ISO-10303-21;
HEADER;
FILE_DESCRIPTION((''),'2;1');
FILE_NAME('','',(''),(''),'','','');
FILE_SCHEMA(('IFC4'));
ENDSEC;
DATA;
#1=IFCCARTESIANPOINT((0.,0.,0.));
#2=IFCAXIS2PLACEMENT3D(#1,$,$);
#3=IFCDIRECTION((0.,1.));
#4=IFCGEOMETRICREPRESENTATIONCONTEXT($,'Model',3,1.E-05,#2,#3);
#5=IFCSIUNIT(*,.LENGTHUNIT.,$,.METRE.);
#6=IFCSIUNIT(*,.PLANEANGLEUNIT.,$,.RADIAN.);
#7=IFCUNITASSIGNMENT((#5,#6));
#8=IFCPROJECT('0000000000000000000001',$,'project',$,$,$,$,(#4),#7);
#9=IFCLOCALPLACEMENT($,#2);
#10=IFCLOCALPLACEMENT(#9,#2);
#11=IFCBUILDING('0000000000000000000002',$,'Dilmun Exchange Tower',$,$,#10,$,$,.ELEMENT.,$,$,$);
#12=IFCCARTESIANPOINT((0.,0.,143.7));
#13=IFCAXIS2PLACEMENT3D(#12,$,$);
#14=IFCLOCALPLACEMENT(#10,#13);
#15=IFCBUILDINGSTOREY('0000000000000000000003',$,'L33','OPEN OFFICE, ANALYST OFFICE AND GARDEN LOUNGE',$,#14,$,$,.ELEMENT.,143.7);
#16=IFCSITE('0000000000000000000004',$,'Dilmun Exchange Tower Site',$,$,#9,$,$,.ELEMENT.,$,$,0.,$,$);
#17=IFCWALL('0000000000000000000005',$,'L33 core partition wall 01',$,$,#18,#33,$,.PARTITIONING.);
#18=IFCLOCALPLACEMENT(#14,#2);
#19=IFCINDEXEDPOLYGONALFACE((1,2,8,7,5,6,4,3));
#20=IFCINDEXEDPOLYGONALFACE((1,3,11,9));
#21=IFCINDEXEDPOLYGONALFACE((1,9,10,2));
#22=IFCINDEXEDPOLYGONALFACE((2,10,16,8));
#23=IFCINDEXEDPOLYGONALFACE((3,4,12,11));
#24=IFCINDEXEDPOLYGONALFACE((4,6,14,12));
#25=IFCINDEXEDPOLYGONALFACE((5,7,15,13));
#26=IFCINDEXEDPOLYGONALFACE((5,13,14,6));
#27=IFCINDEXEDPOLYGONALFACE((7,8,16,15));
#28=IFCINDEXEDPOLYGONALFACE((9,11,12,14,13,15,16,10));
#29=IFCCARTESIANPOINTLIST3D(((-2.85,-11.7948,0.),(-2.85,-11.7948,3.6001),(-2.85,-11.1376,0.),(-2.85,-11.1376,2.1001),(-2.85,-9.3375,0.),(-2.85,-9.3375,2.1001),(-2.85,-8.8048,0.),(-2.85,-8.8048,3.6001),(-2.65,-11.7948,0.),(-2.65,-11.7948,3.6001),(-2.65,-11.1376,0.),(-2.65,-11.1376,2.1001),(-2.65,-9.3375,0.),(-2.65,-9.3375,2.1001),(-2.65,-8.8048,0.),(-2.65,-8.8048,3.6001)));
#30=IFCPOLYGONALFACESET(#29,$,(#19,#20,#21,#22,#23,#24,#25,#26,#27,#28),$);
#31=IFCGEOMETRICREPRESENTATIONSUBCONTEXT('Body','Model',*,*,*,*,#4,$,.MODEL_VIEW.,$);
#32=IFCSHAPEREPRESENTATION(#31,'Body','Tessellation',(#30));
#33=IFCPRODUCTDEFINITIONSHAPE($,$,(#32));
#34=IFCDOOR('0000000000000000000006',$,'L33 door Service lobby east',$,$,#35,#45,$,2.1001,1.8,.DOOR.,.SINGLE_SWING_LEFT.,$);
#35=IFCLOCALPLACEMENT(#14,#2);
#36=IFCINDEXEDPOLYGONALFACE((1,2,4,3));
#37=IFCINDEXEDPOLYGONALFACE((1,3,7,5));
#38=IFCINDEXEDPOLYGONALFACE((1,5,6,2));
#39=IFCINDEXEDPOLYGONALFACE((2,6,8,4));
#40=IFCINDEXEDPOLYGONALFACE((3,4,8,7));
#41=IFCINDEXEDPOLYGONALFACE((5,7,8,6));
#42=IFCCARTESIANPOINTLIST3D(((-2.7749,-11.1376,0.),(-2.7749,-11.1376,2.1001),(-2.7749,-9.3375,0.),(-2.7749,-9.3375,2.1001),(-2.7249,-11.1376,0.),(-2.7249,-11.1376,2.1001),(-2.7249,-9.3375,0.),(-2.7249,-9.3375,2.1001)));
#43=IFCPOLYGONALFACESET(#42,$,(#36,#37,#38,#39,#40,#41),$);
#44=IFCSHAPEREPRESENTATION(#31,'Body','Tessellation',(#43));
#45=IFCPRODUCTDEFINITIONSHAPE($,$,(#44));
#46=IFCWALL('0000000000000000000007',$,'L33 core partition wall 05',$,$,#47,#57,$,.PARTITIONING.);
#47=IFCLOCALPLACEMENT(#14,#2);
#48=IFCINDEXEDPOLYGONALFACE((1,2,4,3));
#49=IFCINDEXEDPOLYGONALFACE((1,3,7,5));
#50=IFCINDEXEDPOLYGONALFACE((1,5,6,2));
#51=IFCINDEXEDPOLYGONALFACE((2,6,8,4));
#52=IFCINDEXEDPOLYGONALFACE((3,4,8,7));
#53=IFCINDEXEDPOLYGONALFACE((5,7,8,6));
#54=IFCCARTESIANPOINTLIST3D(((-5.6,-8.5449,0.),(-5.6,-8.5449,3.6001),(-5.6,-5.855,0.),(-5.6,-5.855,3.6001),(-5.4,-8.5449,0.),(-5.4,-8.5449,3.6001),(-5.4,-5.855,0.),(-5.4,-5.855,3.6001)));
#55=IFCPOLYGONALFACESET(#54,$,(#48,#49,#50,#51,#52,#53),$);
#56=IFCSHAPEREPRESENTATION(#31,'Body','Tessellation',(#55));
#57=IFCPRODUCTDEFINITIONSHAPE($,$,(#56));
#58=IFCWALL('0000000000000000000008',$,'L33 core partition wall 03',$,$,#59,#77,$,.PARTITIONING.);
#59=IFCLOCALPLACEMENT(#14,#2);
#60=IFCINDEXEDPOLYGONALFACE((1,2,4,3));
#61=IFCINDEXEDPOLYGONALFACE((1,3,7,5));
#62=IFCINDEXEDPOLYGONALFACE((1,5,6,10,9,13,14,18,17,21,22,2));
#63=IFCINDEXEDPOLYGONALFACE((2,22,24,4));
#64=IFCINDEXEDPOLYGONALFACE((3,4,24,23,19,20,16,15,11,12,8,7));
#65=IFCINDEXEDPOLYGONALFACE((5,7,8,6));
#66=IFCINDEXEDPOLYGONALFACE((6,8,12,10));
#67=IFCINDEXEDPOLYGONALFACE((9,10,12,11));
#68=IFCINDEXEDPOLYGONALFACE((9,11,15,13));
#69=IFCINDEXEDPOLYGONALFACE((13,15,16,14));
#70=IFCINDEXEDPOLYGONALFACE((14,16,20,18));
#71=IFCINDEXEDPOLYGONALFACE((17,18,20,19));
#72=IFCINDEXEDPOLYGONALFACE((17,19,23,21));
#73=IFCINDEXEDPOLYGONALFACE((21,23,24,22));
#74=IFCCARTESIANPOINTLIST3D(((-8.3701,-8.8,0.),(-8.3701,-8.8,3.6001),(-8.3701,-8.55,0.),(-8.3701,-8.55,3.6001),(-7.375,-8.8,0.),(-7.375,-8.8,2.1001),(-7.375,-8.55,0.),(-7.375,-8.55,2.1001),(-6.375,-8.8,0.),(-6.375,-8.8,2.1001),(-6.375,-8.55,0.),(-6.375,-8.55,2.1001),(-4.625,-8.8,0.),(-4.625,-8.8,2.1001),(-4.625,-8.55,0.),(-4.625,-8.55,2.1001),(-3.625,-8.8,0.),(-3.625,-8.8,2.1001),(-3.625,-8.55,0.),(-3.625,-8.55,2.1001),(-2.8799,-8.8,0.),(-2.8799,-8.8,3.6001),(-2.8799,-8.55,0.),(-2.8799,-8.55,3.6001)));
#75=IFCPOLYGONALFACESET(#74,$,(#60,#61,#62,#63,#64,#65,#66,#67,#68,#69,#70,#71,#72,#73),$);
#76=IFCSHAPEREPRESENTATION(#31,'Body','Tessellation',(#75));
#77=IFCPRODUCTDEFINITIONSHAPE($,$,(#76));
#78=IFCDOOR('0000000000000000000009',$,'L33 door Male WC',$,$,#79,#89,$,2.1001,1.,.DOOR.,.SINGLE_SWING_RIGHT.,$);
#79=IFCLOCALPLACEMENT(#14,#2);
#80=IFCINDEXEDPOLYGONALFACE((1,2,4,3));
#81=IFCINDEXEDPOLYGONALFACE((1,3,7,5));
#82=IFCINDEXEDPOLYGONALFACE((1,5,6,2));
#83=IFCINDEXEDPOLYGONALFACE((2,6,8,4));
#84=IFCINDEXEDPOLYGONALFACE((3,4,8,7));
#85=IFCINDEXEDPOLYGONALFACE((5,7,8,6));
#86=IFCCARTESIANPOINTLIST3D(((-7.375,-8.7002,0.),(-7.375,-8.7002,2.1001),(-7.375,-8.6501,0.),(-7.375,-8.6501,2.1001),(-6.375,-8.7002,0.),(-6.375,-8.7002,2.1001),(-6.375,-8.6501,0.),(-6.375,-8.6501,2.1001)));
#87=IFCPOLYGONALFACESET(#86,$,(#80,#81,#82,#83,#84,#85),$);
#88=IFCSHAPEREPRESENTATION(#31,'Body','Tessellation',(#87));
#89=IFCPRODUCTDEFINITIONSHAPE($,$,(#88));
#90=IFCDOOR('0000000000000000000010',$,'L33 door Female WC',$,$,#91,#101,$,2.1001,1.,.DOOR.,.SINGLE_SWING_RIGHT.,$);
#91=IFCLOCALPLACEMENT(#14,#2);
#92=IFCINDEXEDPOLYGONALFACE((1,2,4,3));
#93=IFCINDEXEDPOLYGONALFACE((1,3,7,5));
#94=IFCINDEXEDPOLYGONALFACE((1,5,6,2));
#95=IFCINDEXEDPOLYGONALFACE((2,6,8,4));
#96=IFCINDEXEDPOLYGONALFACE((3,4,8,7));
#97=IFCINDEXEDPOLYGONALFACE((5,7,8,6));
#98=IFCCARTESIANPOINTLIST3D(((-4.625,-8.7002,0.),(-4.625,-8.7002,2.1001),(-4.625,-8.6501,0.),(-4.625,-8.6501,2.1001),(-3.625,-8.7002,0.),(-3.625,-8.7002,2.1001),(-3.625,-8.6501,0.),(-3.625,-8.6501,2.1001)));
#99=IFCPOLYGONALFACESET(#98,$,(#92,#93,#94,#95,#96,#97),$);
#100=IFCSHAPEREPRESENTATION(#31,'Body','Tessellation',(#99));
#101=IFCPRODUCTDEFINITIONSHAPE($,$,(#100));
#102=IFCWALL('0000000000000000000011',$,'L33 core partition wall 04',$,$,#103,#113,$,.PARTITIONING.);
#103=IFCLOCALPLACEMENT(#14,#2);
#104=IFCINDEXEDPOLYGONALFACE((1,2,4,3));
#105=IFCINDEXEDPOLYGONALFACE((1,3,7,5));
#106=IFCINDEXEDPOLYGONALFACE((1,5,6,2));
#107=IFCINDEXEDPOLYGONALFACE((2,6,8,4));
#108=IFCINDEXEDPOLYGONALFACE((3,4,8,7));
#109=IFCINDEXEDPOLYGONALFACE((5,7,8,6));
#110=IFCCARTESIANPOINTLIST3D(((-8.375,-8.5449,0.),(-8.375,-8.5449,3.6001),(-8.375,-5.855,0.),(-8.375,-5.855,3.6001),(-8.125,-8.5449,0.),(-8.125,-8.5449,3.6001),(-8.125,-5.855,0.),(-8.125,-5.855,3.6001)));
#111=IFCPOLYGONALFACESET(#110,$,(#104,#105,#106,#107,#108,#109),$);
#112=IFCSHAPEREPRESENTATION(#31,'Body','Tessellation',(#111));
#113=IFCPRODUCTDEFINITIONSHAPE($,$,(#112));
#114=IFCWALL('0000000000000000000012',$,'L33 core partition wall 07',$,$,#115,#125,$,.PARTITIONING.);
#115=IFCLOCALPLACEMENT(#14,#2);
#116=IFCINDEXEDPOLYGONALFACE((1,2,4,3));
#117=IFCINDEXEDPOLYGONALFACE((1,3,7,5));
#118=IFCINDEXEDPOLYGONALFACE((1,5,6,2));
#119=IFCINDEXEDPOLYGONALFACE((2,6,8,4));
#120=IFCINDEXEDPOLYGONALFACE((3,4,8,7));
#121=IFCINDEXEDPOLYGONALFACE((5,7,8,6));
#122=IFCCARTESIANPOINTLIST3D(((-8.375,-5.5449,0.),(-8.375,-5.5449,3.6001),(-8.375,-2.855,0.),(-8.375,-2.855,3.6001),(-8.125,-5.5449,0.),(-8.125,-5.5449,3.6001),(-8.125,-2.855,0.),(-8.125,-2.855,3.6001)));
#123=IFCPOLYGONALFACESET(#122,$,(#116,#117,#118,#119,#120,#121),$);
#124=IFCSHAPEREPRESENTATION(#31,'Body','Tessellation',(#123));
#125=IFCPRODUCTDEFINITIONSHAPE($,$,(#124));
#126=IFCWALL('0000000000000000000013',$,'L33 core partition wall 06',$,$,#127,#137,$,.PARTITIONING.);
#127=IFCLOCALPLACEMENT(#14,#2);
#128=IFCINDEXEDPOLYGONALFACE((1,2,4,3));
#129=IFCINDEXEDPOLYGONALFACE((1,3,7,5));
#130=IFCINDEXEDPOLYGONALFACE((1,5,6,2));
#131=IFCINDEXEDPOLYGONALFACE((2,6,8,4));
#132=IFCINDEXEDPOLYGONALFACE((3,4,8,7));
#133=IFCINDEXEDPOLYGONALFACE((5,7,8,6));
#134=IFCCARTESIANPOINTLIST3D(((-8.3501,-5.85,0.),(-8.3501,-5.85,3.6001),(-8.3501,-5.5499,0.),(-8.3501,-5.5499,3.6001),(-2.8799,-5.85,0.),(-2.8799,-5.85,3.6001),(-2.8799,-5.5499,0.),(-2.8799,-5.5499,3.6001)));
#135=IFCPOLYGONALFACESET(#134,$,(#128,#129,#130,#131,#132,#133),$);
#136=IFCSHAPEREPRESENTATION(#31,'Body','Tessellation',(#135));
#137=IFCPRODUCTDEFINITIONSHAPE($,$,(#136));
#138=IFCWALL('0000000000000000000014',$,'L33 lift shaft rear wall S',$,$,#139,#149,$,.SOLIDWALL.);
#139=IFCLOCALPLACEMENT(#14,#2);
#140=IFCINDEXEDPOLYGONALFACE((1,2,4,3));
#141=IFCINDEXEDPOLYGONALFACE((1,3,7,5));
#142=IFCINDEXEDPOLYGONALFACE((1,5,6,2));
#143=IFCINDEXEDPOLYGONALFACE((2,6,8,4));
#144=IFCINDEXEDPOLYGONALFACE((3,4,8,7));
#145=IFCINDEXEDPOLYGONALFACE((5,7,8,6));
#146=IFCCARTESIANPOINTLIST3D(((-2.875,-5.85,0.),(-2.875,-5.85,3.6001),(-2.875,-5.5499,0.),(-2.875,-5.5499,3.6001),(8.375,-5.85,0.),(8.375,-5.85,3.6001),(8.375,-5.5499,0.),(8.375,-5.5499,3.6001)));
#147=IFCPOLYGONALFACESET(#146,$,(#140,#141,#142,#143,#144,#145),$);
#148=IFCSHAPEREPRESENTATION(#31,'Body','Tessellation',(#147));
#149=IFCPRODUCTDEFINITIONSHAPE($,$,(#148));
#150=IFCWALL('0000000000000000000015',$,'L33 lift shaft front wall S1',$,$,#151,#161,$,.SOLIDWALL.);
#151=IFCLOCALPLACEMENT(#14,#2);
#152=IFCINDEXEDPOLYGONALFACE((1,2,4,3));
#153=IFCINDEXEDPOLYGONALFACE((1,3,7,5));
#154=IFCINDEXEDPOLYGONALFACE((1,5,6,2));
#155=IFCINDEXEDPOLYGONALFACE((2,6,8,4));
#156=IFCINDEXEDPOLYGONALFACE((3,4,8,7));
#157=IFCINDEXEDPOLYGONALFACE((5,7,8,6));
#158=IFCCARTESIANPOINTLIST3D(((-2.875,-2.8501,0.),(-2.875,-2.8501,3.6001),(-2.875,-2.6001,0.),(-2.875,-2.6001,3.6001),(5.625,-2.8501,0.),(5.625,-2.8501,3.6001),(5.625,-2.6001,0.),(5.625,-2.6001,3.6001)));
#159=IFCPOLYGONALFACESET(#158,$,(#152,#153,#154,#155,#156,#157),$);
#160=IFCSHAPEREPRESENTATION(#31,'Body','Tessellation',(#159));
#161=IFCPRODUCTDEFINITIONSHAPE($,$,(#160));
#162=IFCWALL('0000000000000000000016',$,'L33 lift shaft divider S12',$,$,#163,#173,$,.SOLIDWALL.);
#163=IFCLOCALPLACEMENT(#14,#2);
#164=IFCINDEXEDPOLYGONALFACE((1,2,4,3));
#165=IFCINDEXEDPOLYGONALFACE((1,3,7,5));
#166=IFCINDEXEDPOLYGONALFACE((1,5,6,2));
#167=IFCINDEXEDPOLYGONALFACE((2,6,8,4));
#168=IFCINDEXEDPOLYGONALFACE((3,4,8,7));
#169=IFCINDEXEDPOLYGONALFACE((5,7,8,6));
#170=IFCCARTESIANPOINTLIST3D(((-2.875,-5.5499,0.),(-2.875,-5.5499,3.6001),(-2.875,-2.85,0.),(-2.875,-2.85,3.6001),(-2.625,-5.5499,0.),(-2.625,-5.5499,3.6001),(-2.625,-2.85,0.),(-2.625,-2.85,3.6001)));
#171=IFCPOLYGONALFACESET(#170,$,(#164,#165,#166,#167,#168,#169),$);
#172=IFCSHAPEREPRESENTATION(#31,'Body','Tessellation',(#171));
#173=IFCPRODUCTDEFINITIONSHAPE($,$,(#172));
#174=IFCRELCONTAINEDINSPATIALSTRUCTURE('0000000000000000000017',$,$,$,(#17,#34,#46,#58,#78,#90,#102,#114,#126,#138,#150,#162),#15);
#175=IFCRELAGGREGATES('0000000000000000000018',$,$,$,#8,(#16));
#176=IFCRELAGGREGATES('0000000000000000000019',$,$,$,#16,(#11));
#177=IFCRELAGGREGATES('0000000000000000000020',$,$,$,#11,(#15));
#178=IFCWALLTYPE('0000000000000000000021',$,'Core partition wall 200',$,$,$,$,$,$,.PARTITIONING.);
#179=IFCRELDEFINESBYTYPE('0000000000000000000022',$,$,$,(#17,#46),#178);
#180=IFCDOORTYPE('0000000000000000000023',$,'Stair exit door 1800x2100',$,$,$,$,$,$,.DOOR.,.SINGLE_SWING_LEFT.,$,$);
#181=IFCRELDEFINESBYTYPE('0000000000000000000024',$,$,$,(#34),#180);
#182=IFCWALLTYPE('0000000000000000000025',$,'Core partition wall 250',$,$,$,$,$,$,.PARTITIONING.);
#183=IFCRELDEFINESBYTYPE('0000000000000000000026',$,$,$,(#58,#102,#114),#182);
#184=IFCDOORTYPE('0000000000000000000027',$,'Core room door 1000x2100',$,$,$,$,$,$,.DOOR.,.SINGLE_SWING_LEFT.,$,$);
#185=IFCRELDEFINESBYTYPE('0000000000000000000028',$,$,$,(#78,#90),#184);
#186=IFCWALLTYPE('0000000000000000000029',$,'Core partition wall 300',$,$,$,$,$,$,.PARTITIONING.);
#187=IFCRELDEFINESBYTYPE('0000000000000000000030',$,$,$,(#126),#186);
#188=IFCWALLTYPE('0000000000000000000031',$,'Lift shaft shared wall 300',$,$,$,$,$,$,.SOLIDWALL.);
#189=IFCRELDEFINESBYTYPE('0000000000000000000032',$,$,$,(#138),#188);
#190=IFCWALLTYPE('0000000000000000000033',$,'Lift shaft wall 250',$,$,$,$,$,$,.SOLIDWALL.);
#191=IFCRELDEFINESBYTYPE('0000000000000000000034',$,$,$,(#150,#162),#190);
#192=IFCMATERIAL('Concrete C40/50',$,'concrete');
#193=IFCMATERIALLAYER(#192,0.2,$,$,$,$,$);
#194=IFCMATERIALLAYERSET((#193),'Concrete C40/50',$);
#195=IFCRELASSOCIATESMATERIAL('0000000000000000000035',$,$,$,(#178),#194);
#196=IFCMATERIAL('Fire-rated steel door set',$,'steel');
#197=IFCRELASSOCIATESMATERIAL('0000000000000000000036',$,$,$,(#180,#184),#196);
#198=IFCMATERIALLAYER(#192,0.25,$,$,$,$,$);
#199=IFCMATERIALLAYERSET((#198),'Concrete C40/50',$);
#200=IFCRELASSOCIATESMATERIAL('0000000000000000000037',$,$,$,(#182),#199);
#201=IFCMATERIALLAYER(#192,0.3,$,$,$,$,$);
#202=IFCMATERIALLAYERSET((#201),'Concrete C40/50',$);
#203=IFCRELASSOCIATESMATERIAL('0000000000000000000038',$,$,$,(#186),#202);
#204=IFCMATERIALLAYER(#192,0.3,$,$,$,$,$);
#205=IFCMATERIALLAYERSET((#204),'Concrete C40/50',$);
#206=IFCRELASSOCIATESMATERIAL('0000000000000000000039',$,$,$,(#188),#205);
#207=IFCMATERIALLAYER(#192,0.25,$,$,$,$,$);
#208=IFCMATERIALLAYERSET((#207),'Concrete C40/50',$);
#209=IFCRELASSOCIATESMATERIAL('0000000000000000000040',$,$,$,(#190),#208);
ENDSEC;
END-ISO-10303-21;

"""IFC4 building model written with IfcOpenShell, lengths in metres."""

from ifc_helpers import new_model, si_unit, direction, frame, frame_2d, origin, place, context, subcontext, project, spatial, rectangle, extrude, material, layer, layer_set, type_object, element, fill, save


model = new_model("IFC4")

# Units and contexts
model_context = context("Model", 3, precision=1e-05, world=origin(), true_north=direction((0.0, 1.0)))
body_context = subcontext(model_context, "Body", "Model", "MODEL_VIEW")
ifc_project = project(units=[si_unit("LENGTHUNIT", "METRE"), si_unit("PLANEANGLEUNIT", "RADIAN")], contexts=[model_context])

# Site, building, storey
site_placement = place(None, origin())
site = spatial("IfcSite", under=ifc_project, at=site_placement, Name="Dilmun Exchange Tower Site", CompositionType="ELEMENT", RefElevation=0.0)
building_placement = place(site_placement, origin())
building = spatial("IfcBuilding", under=site, at=building_placement, Name="Dilmun Exchange Tower", CompositionType="ELEMENT")
storey_placement = place(building_placement, frame((0.0, 0.0, 143.7)))
storey = spatial("IfcBuildingStorey", under=building, at=storey_placement, Name="L33", Description="OPEN OFFICE, ANALYST OFFICE AND GARDEN LOUNGE", CompositionType="ELEMENT", Elevation=143.7)

# Wall, opening, door
ifc_material_1 = material(Name="Concrete C40/50", Category="concrete")
ifc_layer_1 = layer(ifc_material_1, 0.2)
ifc_layer_set_1 = layer_set([ifc_layer_1], Name="Concrete C40/50")
wall_type_1 = type_object("IfcWallType", Name="Core partition wall 200", PredefinedType="PARTITIONING", material=ifc_layer_set_1)
wall_1_placement = place(storey_placement, frame((-2.75, -11.7949, 0.0), z_axis=(0.0, 0.0, 1.0), x_axis=(0.0, 1.0, 0.0)))
wall_1 = element("IfcWall", 1, at=wall_1_placement, inside=storey, type_object=wall_type_1, Name="L33 core partition wall 01", PredefinedType="PARTITIONING", context=body_context, shape_type="SweptSolid", body=[
    extrude(rectangle(XDim=2.99, YDim=0.2, at=frame_2d((1.4951, 0.0))), origin(), (0.0, 0.0, 1.0), 3.6001),
])
opening_1_placement = place(wall_1_placement, frame((0.6575, 0.0, 0.0)))
opening_1 = element("IfcOpeningElement", 2, at=opening_1_placement, cuts=wall_1, PredefinedType="OPENING", context=body_context, shape_type="SweptSolid", body=[
    extrude(rectangle(XDim=1.8, YDim=2.1001, at=frame_2d((0.8999, 1.05))), frame((0.0, 0.1099, 0.0), z_axis=(0.0, -1.0, 0.0), x_axis=(1.0, 0.0, 0.0)), (0.0, 0.0, 1.0), 0.22),
])
ifc_material_2 = material(Name="Fire-rated steel door set", Category="steel")
door_type_1 = type_object("IfcDoorType", Name="Stair exit door 1800x2100", OperationType="SINGLE_SWING_LEFT", PredefinedType="DOOR", material=ifc_material_2)
door_1_placement = place(opening_1_placement, origin())
door_1 = element("IfcDoor", 3, at=door_1_placement, inside=storey, type_object=door_type_1, Name="L33 door Service lobby east", OperationType="SINGLE_SWING_LEFT", OverallHeight=2.1001, OverallWidth=1.8, PredefinedType="DOOR", context=body_context, shape_type="SweptSolid", body=[
    extrude(rectangle(XDim=1.8, YDim=2.1001, at=frame_2d((0.8999, 1.05))), frame((0.0, 0.0249, 0.0), z_axis=(0.0, -1.0, 0.0), x_axis=(1.0, 0.0, 0.0)), (0.0, 0.0, 1.0), 0.05),
])
fill(opening_1, door_1)

# Wall
wall_2_placement = place(storey_placement, frame((-5.5, -8.5449, 0.0), z_axis=(0.0, 0.0, 1.0), x_axis=(0.0, 1.0, 0.0)))
element("IfcWall", 4, at=wall_2_placement, inside=storey, type_object=wall_type_1, Name="L33 core partition wall 05", PredefinedType="PARTITIONING", context=body_context, shape_type="SweptSolid", body=[
    extrude(rectangle(XDim=2.6899, YDim=0.2, at=frame_2d((1.345, 0.0))), origin(), (0.0, 0.0, 1.0), 3.6001),
])

# Wall, openings, doors
ifc_layer_2 = layer(ifc_material_1, 0.25)
ifc_layer_set_2 = layer_set([ifc_layer_2], Name="Concrete C40/50")
wall_type_2 = type_object("IfcWallType", Name="Core partition wall 250", PredefinedType="PARTITIONING", material=ifc_layer_set_2)
wall_3_placement = place(storey_placement, frame((-8.3701, -8.675, 0.0), z_axis=(0.0, 0.0, 1.0), x_axis=(1.0, 0.0, 0.0)))
wall_3 = element("IfcWall", 5, at=wall_3_placement, inside=storey, type_object=wall_type_2, Name="L33 core partition wall 03", PredefinedType="PARTITIONING", context=body_context, shape_type="SweptSolid", body=[
    extrude(rectangle(XDim=5.4902, YDim=0.25, at=frame_2d((2.7451, 0.0))), origin(), (0.0, 0.0, 1.0), 3.6001),
])
opening_2_placement = place(wall_3_placement, frame((0.9951, 0.0, 0.0)))
opening_2 = element("IfcOpeningElement", 6, at=opening_2_placement, cuts=wall_3, PredefinedType="OPENING", context=body_context, shape_type="SweptSolid", body=[
    extrude(rectangle(XDim=1.0, YDim=2.1001, at=frame_2d((0.5, 1.05))), frame((0.0, 0.135, 0.0), z_axis=(0.0, -1.0, 0.0), x_axis=(1.0, 0.0, 0.0)), (0.0, 0.0, 1.0), 0.27),
])
opening_3_placement = place(wall_3_placement, frame((3.7451, 0.0, 0.0)))
opening_3 = element("IfcOpeningElement", 7, at=opening_3_placement, cuts=wall_3, PredefinedType="OPENING", context=body_context, shape_type="SweptSolid", body=[
    extrude(rectangle(XDim=1.0, YDim=2.1001, at=frame_2d((0.5, 1.05))), frame((0.0, 0.135, 0.0), z_axis=(0.0, -1.0, 0.0), x_axis=(1.0, 0.0, 0.0)), (0.0, 0.0, 1.0), 0.27),
])
door_type_2 = type_object("IfcDoorType", Name="Core room door 1000x2100", OperationType="SINGLE_SWING_LEFT", PredefinedType="DOOR", material=ifc_material_2)
door_2_placement = place(opening_2_placement, origin())
door_2 = element("IfcDoor", 8, at=door_2_placement, inside=storey, type_object=door_type_2, Name="L33 door Male WC", OperationType="SINGLE_SWING_RIGHT", OverallHeight=2.1001, OverallWidth=1.0, PredefinedType="DOOR", context=body_context, shape_type="SweptSolid", body=[
    extrude(rectangle(XDim=1.0, YDim=2.1001, at=frame_2d((0.5, 1.05))), frame((0.0, 0.0249, 0.0), z_axis=(0.0, -1.0, 0.0), x_axis=(1.0, 0.0, 0.0)), (0.0, 0.0, 1.0), 0.05),
])
fill(opening_2, door_2)
door_3_placement = place(opening_3_placement, origin())
door_3 = element("IfcDoor", 9, at=door_3_placement, inside=storey, type_object=door_type_2, Name="L33 door Female WC", OperationType="SINGLE_SWING_RIGHT", OverallHeight=2.1001, OverallWidth=1.0, PredefinedType="DOOR", context=body_context, shape_type="SweptSolid", body=[
    extrude(rectangle(XDim=1.0, YDim=2.1001, at=frame_2d((0.5, 1.05))), frame((0.0, 0.0249, 0.0), z_axis=(0.0, -1.0, 0.0), x_axis=(1.0, 0.0, 0.0)), (0.0, 0.0, 1.0), 0.05),
])
fill(opening_3, door_3)

# Walls
for number, where, z_axis, x_axis, name in (
    (10, (-8.25, -8.5449, 0.0), (0.0, 0.0, 1.0), (0.0, 1.0, 0.0), "L33 core partition wall 04"),
    (11, (-8.25, -5.5449, 0.0), (0.0, 0.0, 1.0), (0.0, 1.0, 0.0), "L33 core partition wall 07"),
):
    element("IfcWall", number, at=place(storey_placement, frame(where, z_axis=z_axis, x_axis=x_axis)), inside=storey, type_object=wall_type_2, Name=name, PredefinedType="PARTITIONING", context=body_context, shape_type="SweptSolid", body=[
        extrude(rectangle(XDim=2.6899, YDim=0.25, at=frame_2d((1.345, 0.0))), origin(), (0.0, 0.0, 1.0), 3.6001),
    ])
ifc_layer_3 = layer(ifc_material_1, 0.3)
ifc_layer_set_3 = layer_set([ifc_layer_3], Name="Concrete C40/50")
wall_type_3 = type_object("IfcWallType", Name="Core partition wall 300", PredefinedType="PARTITIONING", material=ifc_layer_set_3)
wall_4_placement = place(storey_placement, frame((-8.3501, -5.7, 0.0), z_axis=(0.0, 0.0, 1.0), x_axis=(1.0, 0.0, 0.0)))
element("IfcWall", 12, at=wall_4_placement, inside=storey, type_object=wall_type_3, Name="L33 core partition wall 06", PredefinedType="PARTITIONING", context=body_context, shape_type="SweptSolid", body=[
    extrude(rectangle(XDim=5.4702, YDim=0.3, at=frame_2d((2.7351, 0.0))), origin(), (0.0, 0.0, 1.0), 3.6001),
])
ifc_layer_4 = layer(ifc_material_1, 0.3)
ifc_layer_set_4 = layer_set([ifc_layer_4], Name="Concrete C40/50")
wall_type_4 = type_object("IfcWallType", Name="Lift shaft shared wall 300", PredefinedType="SOLIDWALL", material=ifc_layer_set_4)
wall_5_placement = place(storey_placement, frame((-2.875, -5.7, 0.0), z_axis=(0.0, 0.0, 1.0), x_axis=(1.0, 0.0, 0.0)))
element("IfcWall", 13, at=wall_5_placement, inside=storey, type_object=wall_type_4, Name="L33 lift shaft rear wall S", PredefinedType="SOLIDWALL", context=body_context, shape_type="SweptSolid", body=[
    extrude(rectangle(XDim=11.25, YDim=0.3, at=frame_2d((5.625, 0.0))), origin(), (0.0, 0.0, 1.0), 3.6001),
])
ifc_layer_5 = layer(ifc_material_1, 0.25)
ifc_layer_set_5 = layer_set([ifc_layer_5], Name="Concrete C40/50")
wall_type_5 = type_object("IfcWallType", Name="Lift shaft wall 250", PredefinedType="SOLIDWALL", material=ifc_layer_set_5)
wall_6_placement = place(storey_placement, frame((-2.875, -2.7251, 0.0), z_axis=(0.0, 0.0, 1.0), x_axis=(1.0, 0.0, 0.0)))
element("IfcWall", 14, at=wall_6_placement, inside=storey, type_object=wall_type_5, Name="L33 lift shaft front wall S1", PredefinedType="SOLIDWALL", context=body_context, shape_type="SweptSolid", body=[
    extrude(rectangle(XDim=8.5, YDim=0.25, at=frame_2d((4.25, 0.0))), origin(), (0.0, 0.0, 1.0), 3.6001),
])
for number, where, z_axis, x_axis, name in (
    (15, (-2.75, -5.55, 0.0), (0.0, 0.0, 1.0), (0.0, 1.0, 0.0), "L33 lift shaft divider S12"),
):
    element("IfcWall", number, at=place(storey_placement, frame(where, z_axis=z_axis, x_axis=x_axis)), inside=storey, type_object=wall_type_5, Name=name, PredefinedType="SOLIDWALL", context=body_context, shape_type="SweptSolid", body=[
        extrude(rectangle(XDim=2.7, YDim=0.25, at=frame_2d((1.3501, 0.0))), origin(), (0.0, 0.0, 1.0), 3.6001),
    ])

save(model, "model.ifc")
